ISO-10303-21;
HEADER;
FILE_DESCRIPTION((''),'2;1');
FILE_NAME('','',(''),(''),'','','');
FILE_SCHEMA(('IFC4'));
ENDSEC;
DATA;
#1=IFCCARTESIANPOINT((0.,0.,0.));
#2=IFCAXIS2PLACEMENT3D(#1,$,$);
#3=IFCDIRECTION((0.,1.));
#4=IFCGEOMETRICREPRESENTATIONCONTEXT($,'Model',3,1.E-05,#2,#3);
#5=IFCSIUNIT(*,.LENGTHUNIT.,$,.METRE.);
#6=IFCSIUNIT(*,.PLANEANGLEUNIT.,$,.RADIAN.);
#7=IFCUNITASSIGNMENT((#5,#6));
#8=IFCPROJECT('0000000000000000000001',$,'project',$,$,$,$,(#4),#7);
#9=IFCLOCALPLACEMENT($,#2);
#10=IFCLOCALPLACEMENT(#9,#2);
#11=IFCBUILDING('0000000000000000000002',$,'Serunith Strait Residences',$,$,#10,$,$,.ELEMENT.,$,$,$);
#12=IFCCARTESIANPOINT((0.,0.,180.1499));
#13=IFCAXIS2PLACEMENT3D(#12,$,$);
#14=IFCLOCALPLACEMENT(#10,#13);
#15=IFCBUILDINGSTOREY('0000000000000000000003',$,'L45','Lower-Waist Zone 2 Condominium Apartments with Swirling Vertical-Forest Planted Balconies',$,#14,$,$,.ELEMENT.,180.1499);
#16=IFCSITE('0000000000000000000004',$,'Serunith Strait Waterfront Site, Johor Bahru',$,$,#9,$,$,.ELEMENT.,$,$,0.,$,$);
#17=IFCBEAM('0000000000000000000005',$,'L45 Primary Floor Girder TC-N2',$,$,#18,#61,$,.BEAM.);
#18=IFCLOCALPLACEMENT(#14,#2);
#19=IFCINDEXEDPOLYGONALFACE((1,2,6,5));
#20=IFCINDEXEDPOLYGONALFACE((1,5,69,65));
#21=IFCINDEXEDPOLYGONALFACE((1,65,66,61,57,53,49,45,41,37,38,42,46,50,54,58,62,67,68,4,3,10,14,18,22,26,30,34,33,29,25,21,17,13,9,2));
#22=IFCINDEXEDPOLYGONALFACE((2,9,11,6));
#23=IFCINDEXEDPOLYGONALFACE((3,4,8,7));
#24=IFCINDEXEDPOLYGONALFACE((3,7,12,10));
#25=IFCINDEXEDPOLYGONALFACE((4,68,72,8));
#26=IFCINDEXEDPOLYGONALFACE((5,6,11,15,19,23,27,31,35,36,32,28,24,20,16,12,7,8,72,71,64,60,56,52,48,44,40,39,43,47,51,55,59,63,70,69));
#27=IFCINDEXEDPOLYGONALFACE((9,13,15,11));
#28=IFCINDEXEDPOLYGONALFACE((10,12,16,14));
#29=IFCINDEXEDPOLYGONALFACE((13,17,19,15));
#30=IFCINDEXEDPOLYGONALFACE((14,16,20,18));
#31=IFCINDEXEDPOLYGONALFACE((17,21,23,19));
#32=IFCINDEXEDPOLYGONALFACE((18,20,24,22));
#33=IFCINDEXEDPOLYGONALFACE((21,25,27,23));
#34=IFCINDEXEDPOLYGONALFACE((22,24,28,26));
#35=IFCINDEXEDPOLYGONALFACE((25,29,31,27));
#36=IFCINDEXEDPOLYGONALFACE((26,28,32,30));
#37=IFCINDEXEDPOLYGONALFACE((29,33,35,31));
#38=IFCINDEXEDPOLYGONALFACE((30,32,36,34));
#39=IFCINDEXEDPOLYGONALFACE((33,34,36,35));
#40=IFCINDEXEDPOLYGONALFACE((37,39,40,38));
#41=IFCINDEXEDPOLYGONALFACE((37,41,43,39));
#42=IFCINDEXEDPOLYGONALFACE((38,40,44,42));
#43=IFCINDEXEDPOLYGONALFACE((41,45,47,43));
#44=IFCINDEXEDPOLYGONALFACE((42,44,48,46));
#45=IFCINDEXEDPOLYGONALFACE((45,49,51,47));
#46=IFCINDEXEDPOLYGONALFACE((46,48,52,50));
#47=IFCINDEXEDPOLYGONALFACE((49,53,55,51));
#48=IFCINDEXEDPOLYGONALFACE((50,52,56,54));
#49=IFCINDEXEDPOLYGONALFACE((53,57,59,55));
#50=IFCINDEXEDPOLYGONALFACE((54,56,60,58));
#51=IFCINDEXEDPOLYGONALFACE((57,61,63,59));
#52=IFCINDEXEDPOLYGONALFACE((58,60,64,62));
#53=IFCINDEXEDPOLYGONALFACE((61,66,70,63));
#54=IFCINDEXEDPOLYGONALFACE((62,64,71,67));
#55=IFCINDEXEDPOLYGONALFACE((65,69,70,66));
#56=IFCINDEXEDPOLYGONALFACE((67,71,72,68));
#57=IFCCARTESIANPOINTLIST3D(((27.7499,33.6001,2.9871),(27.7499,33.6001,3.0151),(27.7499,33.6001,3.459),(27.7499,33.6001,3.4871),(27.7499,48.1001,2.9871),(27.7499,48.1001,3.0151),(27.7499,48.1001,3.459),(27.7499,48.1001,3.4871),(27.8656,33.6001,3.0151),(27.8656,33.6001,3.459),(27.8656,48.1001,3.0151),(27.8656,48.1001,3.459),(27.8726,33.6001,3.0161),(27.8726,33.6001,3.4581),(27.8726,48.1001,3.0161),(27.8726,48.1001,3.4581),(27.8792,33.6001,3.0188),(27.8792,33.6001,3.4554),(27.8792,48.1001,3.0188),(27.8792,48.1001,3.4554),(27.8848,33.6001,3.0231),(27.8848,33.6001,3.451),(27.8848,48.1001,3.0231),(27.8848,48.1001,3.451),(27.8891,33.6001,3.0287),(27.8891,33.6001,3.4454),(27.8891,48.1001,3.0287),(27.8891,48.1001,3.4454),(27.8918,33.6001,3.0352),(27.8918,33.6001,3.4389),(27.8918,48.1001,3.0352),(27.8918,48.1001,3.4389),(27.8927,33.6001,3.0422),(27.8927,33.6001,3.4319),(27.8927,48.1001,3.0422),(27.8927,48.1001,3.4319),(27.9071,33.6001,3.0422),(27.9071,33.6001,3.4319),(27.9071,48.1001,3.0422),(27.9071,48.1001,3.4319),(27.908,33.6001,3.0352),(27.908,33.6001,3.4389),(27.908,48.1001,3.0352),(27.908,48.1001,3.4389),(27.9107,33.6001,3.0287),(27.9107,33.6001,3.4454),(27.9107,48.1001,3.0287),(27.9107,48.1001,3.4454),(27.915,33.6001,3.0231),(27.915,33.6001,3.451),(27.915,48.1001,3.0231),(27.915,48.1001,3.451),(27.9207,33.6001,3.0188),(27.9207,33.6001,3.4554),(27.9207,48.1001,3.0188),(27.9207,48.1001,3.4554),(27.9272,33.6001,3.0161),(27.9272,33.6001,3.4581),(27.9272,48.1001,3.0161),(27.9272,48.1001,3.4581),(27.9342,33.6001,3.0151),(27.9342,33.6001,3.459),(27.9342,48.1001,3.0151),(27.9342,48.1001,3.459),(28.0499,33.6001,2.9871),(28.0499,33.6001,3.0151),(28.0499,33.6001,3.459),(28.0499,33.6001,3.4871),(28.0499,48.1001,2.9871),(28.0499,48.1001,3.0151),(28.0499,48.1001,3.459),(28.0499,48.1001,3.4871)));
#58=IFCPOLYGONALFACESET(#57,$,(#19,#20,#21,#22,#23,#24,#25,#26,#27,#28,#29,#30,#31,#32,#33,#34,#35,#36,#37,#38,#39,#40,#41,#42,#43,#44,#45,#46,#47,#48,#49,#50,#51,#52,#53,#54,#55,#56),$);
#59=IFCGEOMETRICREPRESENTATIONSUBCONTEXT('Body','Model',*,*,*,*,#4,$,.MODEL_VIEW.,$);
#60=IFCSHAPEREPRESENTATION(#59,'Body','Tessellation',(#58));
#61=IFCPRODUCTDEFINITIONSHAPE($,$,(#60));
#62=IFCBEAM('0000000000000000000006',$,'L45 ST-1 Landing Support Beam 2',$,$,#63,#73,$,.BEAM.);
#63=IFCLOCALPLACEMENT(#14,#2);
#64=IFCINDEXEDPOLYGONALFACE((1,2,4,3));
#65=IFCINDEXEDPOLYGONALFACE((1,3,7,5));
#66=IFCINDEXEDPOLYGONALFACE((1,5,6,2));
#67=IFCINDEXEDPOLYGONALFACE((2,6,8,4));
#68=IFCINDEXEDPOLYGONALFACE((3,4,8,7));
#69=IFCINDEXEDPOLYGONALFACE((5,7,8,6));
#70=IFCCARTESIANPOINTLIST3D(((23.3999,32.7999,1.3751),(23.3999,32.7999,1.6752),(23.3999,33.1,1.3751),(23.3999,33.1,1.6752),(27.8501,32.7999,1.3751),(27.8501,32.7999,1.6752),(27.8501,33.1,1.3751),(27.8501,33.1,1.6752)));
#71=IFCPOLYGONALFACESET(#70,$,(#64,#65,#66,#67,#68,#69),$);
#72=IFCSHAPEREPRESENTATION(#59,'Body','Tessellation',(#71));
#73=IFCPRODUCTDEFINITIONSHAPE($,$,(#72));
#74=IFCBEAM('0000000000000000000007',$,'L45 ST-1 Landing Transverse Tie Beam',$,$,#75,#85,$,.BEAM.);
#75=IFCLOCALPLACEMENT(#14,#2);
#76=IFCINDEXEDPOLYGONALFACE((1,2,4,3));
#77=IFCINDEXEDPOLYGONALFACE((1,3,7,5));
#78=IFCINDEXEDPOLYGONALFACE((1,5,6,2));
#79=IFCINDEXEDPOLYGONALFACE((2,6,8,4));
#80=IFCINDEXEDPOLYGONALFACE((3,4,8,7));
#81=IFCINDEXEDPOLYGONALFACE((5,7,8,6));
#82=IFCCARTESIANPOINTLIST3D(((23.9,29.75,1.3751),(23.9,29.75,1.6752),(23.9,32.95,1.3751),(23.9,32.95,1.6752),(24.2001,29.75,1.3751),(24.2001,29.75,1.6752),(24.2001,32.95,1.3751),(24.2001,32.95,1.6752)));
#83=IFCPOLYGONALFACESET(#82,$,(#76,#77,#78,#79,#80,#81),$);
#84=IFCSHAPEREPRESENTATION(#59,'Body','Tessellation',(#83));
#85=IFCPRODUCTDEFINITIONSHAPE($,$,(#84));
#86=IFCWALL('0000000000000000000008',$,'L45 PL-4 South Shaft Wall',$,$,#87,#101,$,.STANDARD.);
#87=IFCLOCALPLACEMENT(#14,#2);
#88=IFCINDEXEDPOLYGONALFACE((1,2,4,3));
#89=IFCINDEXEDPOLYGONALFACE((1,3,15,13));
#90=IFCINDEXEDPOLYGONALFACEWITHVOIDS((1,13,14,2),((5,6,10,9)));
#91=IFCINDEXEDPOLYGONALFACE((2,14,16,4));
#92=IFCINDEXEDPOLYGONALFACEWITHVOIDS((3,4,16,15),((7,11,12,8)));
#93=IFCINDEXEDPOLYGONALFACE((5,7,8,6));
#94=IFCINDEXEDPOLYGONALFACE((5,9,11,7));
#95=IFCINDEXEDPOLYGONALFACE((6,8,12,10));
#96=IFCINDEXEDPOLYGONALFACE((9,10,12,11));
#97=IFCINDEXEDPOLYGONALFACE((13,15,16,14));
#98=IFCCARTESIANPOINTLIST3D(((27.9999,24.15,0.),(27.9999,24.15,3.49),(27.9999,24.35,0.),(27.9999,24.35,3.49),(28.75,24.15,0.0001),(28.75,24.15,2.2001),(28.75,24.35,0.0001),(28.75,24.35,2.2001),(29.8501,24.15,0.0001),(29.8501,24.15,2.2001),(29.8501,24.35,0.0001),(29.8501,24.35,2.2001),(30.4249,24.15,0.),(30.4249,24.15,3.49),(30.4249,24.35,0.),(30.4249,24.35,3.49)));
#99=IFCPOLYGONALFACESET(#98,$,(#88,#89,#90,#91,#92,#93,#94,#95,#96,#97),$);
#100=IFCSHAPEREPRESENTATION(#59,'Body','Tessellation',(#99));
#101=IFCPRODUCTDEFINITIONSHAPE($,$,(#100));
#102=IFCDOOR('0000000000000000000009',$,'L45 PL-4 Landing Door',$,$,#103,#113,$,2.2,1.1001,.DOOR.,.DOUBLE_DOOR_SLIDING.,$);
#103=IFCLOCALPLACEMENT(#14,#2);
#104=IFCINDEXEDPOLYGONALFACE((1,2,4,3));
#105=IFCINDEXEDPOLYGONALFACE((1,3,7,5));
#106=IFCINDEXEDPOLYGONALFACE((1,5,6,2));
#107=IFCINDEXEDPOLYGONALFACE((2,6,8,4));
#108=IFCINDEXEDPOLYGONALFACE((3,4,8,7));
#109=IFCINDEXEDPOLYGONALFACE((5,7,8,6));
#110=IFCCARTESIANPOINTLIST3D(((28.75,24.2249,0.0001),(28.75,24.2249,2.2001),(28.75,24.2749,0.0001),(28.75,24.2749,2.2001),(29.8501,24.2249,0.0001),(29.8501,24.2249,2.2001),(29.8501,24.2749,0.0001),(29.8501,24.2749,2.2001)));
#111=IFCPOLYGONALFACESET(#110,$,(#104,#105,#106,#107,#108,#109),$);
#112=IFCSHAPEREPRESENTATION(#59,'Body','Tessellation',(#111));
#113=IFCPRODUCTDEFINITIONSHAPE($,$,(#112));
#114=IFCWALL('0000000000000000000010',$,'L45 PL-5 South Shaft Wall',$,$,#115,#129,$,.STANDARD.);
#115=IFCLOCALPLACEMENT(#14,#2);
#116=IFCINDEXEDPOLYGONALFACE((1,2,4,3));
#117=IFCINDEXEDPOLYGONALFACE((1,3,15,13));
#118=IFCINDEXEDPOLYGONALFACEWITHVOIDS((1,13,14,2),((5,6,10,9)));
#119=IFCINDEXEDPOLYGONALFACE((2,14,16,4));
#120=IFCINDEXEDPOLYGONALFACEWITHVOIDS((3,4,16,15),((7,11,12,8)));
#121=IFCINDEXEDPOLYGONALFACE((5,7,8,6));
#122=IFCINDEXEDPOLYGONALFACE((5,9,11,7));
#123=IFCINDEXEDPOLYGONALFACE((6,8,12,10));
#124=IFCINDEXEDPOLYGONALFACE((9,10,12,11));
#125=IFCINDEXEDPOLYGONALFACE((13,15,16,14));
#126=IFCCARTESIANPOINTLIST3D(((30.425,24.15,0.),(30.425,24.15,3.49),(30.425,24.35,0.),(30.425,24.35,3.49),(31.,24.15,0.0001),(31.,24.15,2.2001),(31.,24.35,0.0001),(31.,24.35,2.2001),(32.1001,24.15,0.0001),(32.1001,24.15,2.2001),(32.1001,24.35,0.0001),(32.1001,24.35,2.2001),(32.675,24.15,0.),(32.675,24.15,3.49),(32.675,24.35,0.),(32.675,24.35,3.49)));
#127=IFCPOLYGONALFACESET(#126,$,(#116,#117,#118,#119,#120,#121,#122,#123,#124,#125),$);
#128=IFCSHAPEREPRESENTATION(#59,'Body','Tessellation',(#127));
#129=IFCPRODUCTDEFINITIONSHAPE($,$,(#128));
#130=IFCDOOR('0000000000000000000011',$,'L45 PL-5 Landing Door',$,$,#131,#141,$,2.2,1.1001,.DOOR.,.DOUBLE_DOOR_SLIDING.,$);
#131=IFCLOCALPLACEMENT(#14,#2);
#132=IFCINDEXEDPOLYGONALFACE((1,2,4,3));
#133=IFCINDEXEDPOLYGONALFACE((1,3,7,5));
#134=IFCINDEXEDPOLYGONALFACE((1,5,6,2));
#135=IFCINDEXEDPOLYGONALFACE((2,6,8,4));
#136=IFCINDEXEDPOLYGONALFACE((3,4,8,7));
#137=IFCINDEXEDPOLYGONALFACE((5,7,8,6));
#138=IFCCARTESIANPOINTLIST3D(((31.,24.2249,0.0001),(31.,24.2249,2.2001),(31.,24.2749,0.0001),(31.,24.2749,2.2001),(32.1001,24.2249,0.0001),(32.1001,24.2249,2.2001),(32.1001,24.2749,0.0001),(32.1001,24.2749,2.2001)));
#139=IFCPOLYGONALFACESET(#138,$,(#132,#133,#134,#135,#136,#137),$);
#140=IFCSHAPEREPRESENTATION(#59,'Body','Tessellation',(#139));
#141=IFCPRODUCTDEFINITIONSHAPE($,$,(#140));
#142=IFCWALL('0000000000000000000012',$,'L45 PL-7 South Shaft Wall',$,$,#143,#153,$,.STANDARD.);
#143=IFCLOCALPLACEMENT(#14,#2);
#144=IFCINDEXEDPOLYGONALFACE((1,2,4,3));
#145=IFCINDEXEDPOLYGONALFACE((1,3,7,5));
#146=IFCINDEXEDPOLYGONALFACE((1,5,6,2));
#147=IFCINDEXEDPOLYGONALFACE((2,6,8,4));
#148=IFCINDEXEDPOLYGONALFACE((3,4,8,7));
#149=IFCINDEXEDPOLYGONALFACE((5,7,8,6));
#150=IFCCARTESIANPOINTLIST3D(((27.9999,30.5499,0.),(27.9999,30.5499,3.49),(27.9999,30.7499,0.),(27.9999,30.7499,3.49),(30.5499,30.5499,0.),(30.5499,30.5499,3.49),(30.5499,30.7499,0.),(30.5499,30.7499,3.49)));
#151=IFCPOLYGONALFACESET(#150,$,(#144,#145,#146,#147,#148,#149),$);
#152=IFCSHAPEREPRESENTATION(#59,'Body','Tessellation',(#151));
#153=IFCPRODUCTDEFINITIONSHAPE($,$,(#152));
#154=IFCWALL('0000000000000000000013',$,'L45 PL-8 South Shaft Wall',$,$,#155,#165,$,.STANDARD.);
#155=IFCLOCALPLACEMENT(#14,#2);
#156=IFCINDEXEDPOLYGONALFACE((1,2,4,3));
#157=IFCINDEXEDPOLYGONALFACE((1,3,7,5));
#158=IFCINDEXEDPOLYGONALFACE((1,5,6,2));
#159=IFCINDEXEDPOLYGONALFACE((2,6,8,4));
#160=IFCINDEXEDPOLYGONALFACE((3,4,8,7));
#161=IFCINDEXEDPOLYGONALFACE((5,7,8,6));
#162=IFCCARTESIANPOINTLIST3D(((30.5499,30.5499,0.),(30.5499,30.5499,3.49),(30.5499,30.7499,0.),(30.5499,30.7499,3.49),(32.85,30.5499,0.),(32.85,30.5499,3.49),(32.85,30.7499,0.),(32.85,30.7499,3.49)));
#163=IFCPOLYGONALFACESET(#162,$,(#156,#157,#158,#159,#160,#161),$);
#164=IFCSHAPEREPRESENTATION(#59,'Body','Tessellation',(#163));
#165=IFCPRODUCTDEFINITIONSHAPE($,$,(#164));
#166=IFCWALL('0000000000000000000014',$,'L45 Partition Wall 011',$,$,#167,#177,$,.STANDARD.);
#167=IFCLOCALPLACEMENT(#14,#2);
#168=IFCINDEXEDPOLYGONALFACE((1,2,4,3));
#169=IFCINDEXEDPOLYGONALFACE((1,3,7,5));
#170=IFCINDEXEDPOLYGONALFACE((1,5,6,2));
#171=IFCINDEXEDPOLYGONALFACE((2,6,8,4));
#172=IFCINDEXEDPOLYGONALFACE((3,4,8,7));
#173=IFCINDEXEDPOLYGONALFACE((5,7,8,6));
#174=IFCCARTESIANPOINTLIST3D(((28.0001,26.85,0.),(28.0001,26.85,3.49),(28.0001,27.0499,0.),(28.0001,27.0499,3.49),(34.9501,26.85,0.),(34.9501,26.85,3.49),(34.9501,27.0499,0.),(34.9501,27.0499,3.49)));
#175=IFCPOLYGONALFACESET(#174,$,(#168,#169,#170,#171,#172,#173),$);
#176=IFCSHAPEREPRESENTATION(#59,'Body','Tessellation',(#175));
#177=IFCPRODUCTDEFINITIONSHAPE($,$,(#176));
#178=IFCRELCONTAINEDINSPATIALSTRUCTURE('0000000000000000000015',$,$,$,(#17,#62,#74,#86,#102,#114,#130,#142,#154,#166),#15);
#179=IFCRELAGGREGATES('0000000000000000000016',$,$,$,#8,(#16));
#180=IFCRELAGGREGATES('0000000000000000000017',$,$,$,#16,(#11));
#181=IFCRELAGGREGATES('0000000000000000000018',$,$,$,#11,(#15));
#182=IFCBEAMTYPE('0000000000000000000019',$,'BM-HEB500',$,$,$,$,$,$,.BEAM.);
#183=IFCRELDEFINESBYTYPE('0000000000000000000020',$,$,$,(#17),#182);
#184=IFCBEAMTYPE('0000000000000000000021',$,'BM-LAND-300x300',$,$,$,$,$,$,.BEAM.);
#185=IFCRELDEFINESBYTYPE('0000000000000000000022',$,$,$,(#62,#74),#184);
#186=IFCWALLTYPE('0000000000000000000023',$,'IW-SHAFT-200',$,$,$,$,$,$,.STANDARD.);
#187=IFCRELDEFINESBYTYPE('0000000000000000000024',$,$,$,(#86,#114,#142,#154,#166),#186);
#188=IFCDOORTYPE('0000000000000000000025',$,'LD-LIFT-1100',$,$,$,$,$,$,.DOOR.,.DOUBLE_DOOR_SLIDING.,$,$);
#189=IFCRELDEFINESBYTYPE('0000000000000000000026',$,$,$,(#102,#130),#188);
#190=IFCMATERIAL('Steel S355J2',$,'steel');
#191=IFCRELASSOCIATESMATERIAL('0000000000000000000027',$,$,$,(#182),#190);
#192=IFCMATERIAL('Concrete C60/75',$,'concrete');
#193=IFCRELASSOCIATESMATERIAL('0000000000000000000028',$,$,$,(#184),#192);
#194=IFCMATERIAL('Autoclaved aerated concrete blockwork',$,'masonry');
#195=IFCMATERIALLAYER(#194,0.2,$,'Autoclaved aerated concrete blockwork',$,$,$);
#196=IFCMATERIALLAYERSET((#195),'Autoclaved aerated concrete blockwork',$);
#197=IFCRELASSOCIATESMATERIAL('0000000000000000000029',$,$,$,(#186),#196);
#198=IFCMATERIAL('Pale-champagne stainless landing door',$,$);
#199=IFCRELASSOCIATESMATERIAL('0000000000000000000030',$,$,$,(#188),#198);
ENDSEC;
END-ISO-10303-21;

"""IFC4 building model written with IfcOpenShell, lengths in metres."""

from ifc_helpers import new_model, si_unit, direction, frame, frame_2d, origin, origin_2d, place, context, subcontext, project, spatial, rectangle, i_section, extrude, source, transform, mapped, material, layer, layer_set, material_profile, profile_set, type_object, element, fill, save


model = new_model("IFC4")

# Units and contexts
model_context = context("Model", 3, precision=1e-05, world=origin(), true_north=direction((0.0, 1.0)))
body_context = subcontext(model_context, "Body", "Model", "MODEL_VIEW")
ifc_project = project(units=[si_unit("LENGTHUNIT", "METRE"), si_unit("PLANEANGLEUNIT", "RADIAN")], contexts=[model_context])

# Site, building, storey
site_placement = place(None, origin())
site = spatial("IfcSite", under=ifc_project, at=site_placement, Name="Serunith Strait Waterfront Site, Johor Bahru", CompositionType="ELEMENT", RefElevation=0.0)
building_placement = place(site_placement, origin())
building = spatial("IfcBuilding", under=site, at=building_placement, Name="Serunith Strait Residences", CompositionType="ELEMENT")
storey_placement = place(building_placement, frame((0.0, 0.0, 180.1499)))
storey = spatial("IfcBuildingStorey", under=building, at=storey_placement, Name="L45", Description="Lower-Waist Zone 2 Condominium Apartments with Swirling Vertical-Forest Planted Balconies", CompositionType="ELEMENT", Elevation=180.1499)

# Beams
ifc_material_1 = material(Name="Steel S355J2", Category="steel")
ifc_material_profile_1 = material_profile(ifc_material_1, i_section(OverallWidth=0.3, OverallDepth=0.5, WebThickness=0.0144, FlangeThickness=0.0281, FilletRadius=0.0271, at=origin_2d()), Name="HEB 500")
ifc_profile_set_1 = profile_set([ifc_material_profile_1], Name="Steel S355J2")
beam_type_1 = type_object("IfcBeamType", Name="BM-HEB500", PredefinedType="BEAM", material=ifc_profile_set_1)
shared_shape_1 = source(origin(), body_context, "Body", "SweptSolid", [
    extrude(i_section(OverallWidth=0.3, OverallDepth=0.5, WebThickness=0.0144, FlangeThickness=0.0281, FilletRadius=0.0271, at=origin_2d()), origin(), (0.0, 0.0, 1.0), 14.5),
])
beam_1_placement = place(storey_placement, frame((27.8999, 33.6001, 3.2371), z_axis=(0.0, 1.0, 0.0), x_axis=(-1.0, 0.0, 0.0)))
element("IfcBeam", 1, at=beam_1_placement, inside=storey, type_object=beam_type_1, Name="L45 Primary Floor Girder TC-N2", PredefinedType="BEAM", context=body_context, shape_type="MappedRepresentation", body=[
    mapped(shared_shape_1, transform((0.0, 0.0, 0.0), scale=1.0)),
])
ifc_material_2 = material(Name="Concrete C60/75", Category="concrete")
ifc_material_profile_2 = material_profile(ifc_material_2, rectangle(XDim=0.3, YDim=0.3, at=origin_2d()), Name="RC 300x300")
ifc_profile_set_2 = profile_set([ifc_material_profile_2], Name="Concrete C60/75")
beam_type_2 = type_object("IfcBeamType", Name="BM-LAND-300x300", PredefinedType="BEAM", material=ifc_profile_set_2)
shared_shape_2 = source(origin(), body_context, "Body", "SweptSolid", [
    extrude(rectangle(XDim=0.3, YDim=0.3, at=origin_2d()), origin(), (0.0, 0.0, 1.0), 4.4502),
])
beam_2_placement = place(storey_placement, frame((23.3999, 32.95, 1.5251), z_axis=(1.0, 0.0, 0.0), x_axis=(0.0, 1.0, 0.0)))
element("IfcBeam", 2, at=beam_2_placement, inside=storey, type_object=beam_type_2, Name="L45 ST-1 Landing Support Beam 2", PredefinedType="BEAM", context=body_context, shape_type="MappedRepresentation", body=[
    mapped(shared_shape_2, transform((0.0, 0.0, 0.0), scale=1.0)),
])
shared_shape_3 = source(origin(), body_context, "Body", "SweptSolid", [
    extrude(rectangle(XDim=0.3, YDim=0.3, at=origin_2d()), origin(), (0.0, 0.0, 1.0), 3.2),
])
beam_3_placement = place(storey_placement, frame((24.05, 29.75, 1.5251), z_axis=(0.0, 1.0, 0.0), x_axis=(-1.0, 0.0, 0.0)))
element("IfcBeam", 3, at=beam_3_placement, inside=storey, type_object=beam_type_2, Name="L45 ST-1 Landing Transverse Tie Beam", PredefinedType="BEAM", context=body_context, shape_type="MappedRepresentation", body=[
    mapped(shared_shape_3, transform((0.0, 0.0, 0.0), scale=1.0)),
])

# Walls, openings, doors
ifc_material_3 = material(Name="Autoclaved aerated concrete blockwork", Category="masonry")
ifc_layer = layer(ifc_material_3, 0.2, Name="Autoclaved aerated concrete blockwork")
ifc_layer_set = layer_set([ifc_layer], Name="Autoclaved aerated concrete blockwork")
wall_type = type_object("IfcWallType", Name="IW-SHAFT-200", PredefinedType="STANDARD", material=ifc_layer_set)
wall_1_placement = place(storey_placement, frame((28.0, 24.25, 0.0), z_axis=(0.0, 0.0, 1.0), x_axis=(1.0, 0.0, 0.0)))
wall_1 = element("IfcWall", 4, at=wall_1_placement, inside=storey, type_object=wall_type, Name="L45 PL-4 South Shaft Wall", PredefinedType="STANDARD", context=body_context, shape_type="SweptSolid", body=[
    extrude(rectangle(XDim=2.425, YDim=0.2, at=frame_2d((1.2124, 0.0))), origin(), (0.0, 0.0, 1.0), 3.49),
])
opening_1_placement = place(wall_1_placement, frame((0.75, 0.0, 0.0)))
opening_1 = element("IfcOpeningElement", 5, at=opening_1_placement, cuts=wall_1, PredefinedType="OPENING", context=body_context, shape_type="SweptSolid", body=[
    extrude(rectangle(XDim=1.1001, YDim=2.2, at=frame_2d((0.55, 1.1001))), frame((0.0, 0.1099, 0.0), z_axis=(0.0, -1.0, 0.0), x_axis=(1.0, 0.0, 0.0)), (0.0, 0.0, 1.0), 0.22),
])
ifc_material_4 = material(Name="Pale-champagne stainless landing door")
door_type = type_object("IfcDoorType", Name="LD-LIFT-1100", OperationType="DOUBLE_DOOR_SLIDING", PredefinedType="DOOR", material=ifc_material_4)
shared_shape_4 = source(origin(), body_context, "Body", "SweptSolid", [
    extrude(rectangle(XDim=1.1001, YDim=2.2, at=frame_2d((0.55, 1.1001))), frame((0.0, 0.0249, 0.0), z_axis=(0.0, -1.0, 0.0), x_axis=(1.0, 0.0, 0.0)), (0.0, 0.0, 1.0), 0.05),
])
door_1_placement = place(opening_1_placement, origin())
door_1 = element("IfcDoor", 6, at=door_1_placement, inside=storey, type_object=door_type, Name="L45 PL-4 Landing Door", OperationType="DOUBLE_DOOR_SLIDING", OverallHeight=2.2, OverallWidth=1.1001, PredefinedType="DOOR", context=body_context, shape_type="MappedRepresentation", body=[
    mapped(shared_shape_4, transform((0.0, 0.0, 0.0), scale=1.0)),
])
fill(opening_1, door_1)
wall_2_placement = place(storey_placement, frame((30.425, 24.25, 0.0), z_axis=(0.0, 0.0, 1.0), x_axis=(1.0, 0.0, 0.0)))
wall_2 = element("IfcWall", 7, at=wall_2_placement, inside=storey, type_object=wall_type, Name="L45 PL-5 South Shaft Wall", PredefinedType="STANDARD", context=body_context, shape_type="SweptSolid", body=[
    extrude(rectangle(XDim=2.25, YDim=0.2, at=frame_2d((1.125, 0.0))), origin(), (0.0, 0.0, 1.0), 3.49),
])
opening_2_placement = place(wall_2_placement, frame((0.575, 0.0, 0.0)))
opening_2 = element("IfcOpeningElement", 8, at=opening_2_placement, cuts=wall_2, PredefinedType="OPENING", context=body_context, shape_type="SweptSolid", body=[
    extrude(rectangle(XDim=1.1001, YDim=2.2, at=frame_2d((0.55, 1.1001))), frame((0.0, 0.1099, 0.0), z_axis=(0.0, -1.0, 0.0), x_axis=(1.0, 0.0, 0.0)), (0.0, 0.0, 1.0), 0.22),
])
door_2_placement = place(opening_2_placement, origin())
door_2 = element("IfcDoor", 9, at=door_2_placement, inside=storey, type_object=door_type, Name="L45 PL-5 Landing Door", OperationType="DOUBLE_DOOR_SLIDING", OverallHeight=2.2, OverallWidth=1.1001, PredefinedType="DOOR", context=body_context, shape_type="MappedRepresentation", body=[
    mapped(shared_shape_4, transform((0.0, 0.0, 0.0), scale=1.0)),
])
fill(opening_2, door_2)

# Walls
wall_3_placement = place(storey_placement, frame((28.0, 30.6499, 0.0), z_axis=(0.0, 0.0, 1.0), x_axis=(1.0, 0.0, 0.0)))
element("IfcWall", 10, at=wall_3_placement, inside=storey, type_object=wall_type, Name="L45 PL-7 South Shaft Wall", PredefinedType="STANDARD", context=body_context, shape_type="SweptSolid", body=[
    extrude(rectangle(XDim=2.55, YDim=0.2, at=frame_2d((1.2749, 0.0))), origin(), (0.0, 0.0, 1.0), 3.49),
])
wall_4_placement = place(storey_placement, frame((30.55, 30.6499, 0.0), z_axis=(0.0, 0.0, 1.0), x_axis=(1.0, 0.0, 0.0)))
element("IfcWall", 11, at=wall_4_placement, inside=storey, type_object=wall_type, Name="L45 PL-8 South Shaft Wall", PredefinedType="STANDARD", context=body_context, shape_type="SweptSolid", body=[
    extrude(rectangle(XDim=2.3, YDim=0.2, at=frame_2d((1.1499, 0.0))), origin(), (0.0, 0.0, 1.0), 3.49),
])
wall_5_placement = place(storey_placement, frame((28.0, 26.95, 0.0), z_axis=(0.0, 0.0, 1.0), x_axis=(1.0, 0.0, 0.0)))
element("IfcWall", 12, at=wall_5_placement, inside=storey, type_object=wall_type, Name="L45 Partition Wall 011", PredefinedType="STANDARD", context=body_context, shape_type="SweptSolid", body=[
    extrude(rectangle(XDim=6.95, YDim=0.2, at=frame_2d((3.4751, 0.0))), origin(), (0.0, 0.0, 1.0), 3.49),
])

save(model, "model.ifc")
